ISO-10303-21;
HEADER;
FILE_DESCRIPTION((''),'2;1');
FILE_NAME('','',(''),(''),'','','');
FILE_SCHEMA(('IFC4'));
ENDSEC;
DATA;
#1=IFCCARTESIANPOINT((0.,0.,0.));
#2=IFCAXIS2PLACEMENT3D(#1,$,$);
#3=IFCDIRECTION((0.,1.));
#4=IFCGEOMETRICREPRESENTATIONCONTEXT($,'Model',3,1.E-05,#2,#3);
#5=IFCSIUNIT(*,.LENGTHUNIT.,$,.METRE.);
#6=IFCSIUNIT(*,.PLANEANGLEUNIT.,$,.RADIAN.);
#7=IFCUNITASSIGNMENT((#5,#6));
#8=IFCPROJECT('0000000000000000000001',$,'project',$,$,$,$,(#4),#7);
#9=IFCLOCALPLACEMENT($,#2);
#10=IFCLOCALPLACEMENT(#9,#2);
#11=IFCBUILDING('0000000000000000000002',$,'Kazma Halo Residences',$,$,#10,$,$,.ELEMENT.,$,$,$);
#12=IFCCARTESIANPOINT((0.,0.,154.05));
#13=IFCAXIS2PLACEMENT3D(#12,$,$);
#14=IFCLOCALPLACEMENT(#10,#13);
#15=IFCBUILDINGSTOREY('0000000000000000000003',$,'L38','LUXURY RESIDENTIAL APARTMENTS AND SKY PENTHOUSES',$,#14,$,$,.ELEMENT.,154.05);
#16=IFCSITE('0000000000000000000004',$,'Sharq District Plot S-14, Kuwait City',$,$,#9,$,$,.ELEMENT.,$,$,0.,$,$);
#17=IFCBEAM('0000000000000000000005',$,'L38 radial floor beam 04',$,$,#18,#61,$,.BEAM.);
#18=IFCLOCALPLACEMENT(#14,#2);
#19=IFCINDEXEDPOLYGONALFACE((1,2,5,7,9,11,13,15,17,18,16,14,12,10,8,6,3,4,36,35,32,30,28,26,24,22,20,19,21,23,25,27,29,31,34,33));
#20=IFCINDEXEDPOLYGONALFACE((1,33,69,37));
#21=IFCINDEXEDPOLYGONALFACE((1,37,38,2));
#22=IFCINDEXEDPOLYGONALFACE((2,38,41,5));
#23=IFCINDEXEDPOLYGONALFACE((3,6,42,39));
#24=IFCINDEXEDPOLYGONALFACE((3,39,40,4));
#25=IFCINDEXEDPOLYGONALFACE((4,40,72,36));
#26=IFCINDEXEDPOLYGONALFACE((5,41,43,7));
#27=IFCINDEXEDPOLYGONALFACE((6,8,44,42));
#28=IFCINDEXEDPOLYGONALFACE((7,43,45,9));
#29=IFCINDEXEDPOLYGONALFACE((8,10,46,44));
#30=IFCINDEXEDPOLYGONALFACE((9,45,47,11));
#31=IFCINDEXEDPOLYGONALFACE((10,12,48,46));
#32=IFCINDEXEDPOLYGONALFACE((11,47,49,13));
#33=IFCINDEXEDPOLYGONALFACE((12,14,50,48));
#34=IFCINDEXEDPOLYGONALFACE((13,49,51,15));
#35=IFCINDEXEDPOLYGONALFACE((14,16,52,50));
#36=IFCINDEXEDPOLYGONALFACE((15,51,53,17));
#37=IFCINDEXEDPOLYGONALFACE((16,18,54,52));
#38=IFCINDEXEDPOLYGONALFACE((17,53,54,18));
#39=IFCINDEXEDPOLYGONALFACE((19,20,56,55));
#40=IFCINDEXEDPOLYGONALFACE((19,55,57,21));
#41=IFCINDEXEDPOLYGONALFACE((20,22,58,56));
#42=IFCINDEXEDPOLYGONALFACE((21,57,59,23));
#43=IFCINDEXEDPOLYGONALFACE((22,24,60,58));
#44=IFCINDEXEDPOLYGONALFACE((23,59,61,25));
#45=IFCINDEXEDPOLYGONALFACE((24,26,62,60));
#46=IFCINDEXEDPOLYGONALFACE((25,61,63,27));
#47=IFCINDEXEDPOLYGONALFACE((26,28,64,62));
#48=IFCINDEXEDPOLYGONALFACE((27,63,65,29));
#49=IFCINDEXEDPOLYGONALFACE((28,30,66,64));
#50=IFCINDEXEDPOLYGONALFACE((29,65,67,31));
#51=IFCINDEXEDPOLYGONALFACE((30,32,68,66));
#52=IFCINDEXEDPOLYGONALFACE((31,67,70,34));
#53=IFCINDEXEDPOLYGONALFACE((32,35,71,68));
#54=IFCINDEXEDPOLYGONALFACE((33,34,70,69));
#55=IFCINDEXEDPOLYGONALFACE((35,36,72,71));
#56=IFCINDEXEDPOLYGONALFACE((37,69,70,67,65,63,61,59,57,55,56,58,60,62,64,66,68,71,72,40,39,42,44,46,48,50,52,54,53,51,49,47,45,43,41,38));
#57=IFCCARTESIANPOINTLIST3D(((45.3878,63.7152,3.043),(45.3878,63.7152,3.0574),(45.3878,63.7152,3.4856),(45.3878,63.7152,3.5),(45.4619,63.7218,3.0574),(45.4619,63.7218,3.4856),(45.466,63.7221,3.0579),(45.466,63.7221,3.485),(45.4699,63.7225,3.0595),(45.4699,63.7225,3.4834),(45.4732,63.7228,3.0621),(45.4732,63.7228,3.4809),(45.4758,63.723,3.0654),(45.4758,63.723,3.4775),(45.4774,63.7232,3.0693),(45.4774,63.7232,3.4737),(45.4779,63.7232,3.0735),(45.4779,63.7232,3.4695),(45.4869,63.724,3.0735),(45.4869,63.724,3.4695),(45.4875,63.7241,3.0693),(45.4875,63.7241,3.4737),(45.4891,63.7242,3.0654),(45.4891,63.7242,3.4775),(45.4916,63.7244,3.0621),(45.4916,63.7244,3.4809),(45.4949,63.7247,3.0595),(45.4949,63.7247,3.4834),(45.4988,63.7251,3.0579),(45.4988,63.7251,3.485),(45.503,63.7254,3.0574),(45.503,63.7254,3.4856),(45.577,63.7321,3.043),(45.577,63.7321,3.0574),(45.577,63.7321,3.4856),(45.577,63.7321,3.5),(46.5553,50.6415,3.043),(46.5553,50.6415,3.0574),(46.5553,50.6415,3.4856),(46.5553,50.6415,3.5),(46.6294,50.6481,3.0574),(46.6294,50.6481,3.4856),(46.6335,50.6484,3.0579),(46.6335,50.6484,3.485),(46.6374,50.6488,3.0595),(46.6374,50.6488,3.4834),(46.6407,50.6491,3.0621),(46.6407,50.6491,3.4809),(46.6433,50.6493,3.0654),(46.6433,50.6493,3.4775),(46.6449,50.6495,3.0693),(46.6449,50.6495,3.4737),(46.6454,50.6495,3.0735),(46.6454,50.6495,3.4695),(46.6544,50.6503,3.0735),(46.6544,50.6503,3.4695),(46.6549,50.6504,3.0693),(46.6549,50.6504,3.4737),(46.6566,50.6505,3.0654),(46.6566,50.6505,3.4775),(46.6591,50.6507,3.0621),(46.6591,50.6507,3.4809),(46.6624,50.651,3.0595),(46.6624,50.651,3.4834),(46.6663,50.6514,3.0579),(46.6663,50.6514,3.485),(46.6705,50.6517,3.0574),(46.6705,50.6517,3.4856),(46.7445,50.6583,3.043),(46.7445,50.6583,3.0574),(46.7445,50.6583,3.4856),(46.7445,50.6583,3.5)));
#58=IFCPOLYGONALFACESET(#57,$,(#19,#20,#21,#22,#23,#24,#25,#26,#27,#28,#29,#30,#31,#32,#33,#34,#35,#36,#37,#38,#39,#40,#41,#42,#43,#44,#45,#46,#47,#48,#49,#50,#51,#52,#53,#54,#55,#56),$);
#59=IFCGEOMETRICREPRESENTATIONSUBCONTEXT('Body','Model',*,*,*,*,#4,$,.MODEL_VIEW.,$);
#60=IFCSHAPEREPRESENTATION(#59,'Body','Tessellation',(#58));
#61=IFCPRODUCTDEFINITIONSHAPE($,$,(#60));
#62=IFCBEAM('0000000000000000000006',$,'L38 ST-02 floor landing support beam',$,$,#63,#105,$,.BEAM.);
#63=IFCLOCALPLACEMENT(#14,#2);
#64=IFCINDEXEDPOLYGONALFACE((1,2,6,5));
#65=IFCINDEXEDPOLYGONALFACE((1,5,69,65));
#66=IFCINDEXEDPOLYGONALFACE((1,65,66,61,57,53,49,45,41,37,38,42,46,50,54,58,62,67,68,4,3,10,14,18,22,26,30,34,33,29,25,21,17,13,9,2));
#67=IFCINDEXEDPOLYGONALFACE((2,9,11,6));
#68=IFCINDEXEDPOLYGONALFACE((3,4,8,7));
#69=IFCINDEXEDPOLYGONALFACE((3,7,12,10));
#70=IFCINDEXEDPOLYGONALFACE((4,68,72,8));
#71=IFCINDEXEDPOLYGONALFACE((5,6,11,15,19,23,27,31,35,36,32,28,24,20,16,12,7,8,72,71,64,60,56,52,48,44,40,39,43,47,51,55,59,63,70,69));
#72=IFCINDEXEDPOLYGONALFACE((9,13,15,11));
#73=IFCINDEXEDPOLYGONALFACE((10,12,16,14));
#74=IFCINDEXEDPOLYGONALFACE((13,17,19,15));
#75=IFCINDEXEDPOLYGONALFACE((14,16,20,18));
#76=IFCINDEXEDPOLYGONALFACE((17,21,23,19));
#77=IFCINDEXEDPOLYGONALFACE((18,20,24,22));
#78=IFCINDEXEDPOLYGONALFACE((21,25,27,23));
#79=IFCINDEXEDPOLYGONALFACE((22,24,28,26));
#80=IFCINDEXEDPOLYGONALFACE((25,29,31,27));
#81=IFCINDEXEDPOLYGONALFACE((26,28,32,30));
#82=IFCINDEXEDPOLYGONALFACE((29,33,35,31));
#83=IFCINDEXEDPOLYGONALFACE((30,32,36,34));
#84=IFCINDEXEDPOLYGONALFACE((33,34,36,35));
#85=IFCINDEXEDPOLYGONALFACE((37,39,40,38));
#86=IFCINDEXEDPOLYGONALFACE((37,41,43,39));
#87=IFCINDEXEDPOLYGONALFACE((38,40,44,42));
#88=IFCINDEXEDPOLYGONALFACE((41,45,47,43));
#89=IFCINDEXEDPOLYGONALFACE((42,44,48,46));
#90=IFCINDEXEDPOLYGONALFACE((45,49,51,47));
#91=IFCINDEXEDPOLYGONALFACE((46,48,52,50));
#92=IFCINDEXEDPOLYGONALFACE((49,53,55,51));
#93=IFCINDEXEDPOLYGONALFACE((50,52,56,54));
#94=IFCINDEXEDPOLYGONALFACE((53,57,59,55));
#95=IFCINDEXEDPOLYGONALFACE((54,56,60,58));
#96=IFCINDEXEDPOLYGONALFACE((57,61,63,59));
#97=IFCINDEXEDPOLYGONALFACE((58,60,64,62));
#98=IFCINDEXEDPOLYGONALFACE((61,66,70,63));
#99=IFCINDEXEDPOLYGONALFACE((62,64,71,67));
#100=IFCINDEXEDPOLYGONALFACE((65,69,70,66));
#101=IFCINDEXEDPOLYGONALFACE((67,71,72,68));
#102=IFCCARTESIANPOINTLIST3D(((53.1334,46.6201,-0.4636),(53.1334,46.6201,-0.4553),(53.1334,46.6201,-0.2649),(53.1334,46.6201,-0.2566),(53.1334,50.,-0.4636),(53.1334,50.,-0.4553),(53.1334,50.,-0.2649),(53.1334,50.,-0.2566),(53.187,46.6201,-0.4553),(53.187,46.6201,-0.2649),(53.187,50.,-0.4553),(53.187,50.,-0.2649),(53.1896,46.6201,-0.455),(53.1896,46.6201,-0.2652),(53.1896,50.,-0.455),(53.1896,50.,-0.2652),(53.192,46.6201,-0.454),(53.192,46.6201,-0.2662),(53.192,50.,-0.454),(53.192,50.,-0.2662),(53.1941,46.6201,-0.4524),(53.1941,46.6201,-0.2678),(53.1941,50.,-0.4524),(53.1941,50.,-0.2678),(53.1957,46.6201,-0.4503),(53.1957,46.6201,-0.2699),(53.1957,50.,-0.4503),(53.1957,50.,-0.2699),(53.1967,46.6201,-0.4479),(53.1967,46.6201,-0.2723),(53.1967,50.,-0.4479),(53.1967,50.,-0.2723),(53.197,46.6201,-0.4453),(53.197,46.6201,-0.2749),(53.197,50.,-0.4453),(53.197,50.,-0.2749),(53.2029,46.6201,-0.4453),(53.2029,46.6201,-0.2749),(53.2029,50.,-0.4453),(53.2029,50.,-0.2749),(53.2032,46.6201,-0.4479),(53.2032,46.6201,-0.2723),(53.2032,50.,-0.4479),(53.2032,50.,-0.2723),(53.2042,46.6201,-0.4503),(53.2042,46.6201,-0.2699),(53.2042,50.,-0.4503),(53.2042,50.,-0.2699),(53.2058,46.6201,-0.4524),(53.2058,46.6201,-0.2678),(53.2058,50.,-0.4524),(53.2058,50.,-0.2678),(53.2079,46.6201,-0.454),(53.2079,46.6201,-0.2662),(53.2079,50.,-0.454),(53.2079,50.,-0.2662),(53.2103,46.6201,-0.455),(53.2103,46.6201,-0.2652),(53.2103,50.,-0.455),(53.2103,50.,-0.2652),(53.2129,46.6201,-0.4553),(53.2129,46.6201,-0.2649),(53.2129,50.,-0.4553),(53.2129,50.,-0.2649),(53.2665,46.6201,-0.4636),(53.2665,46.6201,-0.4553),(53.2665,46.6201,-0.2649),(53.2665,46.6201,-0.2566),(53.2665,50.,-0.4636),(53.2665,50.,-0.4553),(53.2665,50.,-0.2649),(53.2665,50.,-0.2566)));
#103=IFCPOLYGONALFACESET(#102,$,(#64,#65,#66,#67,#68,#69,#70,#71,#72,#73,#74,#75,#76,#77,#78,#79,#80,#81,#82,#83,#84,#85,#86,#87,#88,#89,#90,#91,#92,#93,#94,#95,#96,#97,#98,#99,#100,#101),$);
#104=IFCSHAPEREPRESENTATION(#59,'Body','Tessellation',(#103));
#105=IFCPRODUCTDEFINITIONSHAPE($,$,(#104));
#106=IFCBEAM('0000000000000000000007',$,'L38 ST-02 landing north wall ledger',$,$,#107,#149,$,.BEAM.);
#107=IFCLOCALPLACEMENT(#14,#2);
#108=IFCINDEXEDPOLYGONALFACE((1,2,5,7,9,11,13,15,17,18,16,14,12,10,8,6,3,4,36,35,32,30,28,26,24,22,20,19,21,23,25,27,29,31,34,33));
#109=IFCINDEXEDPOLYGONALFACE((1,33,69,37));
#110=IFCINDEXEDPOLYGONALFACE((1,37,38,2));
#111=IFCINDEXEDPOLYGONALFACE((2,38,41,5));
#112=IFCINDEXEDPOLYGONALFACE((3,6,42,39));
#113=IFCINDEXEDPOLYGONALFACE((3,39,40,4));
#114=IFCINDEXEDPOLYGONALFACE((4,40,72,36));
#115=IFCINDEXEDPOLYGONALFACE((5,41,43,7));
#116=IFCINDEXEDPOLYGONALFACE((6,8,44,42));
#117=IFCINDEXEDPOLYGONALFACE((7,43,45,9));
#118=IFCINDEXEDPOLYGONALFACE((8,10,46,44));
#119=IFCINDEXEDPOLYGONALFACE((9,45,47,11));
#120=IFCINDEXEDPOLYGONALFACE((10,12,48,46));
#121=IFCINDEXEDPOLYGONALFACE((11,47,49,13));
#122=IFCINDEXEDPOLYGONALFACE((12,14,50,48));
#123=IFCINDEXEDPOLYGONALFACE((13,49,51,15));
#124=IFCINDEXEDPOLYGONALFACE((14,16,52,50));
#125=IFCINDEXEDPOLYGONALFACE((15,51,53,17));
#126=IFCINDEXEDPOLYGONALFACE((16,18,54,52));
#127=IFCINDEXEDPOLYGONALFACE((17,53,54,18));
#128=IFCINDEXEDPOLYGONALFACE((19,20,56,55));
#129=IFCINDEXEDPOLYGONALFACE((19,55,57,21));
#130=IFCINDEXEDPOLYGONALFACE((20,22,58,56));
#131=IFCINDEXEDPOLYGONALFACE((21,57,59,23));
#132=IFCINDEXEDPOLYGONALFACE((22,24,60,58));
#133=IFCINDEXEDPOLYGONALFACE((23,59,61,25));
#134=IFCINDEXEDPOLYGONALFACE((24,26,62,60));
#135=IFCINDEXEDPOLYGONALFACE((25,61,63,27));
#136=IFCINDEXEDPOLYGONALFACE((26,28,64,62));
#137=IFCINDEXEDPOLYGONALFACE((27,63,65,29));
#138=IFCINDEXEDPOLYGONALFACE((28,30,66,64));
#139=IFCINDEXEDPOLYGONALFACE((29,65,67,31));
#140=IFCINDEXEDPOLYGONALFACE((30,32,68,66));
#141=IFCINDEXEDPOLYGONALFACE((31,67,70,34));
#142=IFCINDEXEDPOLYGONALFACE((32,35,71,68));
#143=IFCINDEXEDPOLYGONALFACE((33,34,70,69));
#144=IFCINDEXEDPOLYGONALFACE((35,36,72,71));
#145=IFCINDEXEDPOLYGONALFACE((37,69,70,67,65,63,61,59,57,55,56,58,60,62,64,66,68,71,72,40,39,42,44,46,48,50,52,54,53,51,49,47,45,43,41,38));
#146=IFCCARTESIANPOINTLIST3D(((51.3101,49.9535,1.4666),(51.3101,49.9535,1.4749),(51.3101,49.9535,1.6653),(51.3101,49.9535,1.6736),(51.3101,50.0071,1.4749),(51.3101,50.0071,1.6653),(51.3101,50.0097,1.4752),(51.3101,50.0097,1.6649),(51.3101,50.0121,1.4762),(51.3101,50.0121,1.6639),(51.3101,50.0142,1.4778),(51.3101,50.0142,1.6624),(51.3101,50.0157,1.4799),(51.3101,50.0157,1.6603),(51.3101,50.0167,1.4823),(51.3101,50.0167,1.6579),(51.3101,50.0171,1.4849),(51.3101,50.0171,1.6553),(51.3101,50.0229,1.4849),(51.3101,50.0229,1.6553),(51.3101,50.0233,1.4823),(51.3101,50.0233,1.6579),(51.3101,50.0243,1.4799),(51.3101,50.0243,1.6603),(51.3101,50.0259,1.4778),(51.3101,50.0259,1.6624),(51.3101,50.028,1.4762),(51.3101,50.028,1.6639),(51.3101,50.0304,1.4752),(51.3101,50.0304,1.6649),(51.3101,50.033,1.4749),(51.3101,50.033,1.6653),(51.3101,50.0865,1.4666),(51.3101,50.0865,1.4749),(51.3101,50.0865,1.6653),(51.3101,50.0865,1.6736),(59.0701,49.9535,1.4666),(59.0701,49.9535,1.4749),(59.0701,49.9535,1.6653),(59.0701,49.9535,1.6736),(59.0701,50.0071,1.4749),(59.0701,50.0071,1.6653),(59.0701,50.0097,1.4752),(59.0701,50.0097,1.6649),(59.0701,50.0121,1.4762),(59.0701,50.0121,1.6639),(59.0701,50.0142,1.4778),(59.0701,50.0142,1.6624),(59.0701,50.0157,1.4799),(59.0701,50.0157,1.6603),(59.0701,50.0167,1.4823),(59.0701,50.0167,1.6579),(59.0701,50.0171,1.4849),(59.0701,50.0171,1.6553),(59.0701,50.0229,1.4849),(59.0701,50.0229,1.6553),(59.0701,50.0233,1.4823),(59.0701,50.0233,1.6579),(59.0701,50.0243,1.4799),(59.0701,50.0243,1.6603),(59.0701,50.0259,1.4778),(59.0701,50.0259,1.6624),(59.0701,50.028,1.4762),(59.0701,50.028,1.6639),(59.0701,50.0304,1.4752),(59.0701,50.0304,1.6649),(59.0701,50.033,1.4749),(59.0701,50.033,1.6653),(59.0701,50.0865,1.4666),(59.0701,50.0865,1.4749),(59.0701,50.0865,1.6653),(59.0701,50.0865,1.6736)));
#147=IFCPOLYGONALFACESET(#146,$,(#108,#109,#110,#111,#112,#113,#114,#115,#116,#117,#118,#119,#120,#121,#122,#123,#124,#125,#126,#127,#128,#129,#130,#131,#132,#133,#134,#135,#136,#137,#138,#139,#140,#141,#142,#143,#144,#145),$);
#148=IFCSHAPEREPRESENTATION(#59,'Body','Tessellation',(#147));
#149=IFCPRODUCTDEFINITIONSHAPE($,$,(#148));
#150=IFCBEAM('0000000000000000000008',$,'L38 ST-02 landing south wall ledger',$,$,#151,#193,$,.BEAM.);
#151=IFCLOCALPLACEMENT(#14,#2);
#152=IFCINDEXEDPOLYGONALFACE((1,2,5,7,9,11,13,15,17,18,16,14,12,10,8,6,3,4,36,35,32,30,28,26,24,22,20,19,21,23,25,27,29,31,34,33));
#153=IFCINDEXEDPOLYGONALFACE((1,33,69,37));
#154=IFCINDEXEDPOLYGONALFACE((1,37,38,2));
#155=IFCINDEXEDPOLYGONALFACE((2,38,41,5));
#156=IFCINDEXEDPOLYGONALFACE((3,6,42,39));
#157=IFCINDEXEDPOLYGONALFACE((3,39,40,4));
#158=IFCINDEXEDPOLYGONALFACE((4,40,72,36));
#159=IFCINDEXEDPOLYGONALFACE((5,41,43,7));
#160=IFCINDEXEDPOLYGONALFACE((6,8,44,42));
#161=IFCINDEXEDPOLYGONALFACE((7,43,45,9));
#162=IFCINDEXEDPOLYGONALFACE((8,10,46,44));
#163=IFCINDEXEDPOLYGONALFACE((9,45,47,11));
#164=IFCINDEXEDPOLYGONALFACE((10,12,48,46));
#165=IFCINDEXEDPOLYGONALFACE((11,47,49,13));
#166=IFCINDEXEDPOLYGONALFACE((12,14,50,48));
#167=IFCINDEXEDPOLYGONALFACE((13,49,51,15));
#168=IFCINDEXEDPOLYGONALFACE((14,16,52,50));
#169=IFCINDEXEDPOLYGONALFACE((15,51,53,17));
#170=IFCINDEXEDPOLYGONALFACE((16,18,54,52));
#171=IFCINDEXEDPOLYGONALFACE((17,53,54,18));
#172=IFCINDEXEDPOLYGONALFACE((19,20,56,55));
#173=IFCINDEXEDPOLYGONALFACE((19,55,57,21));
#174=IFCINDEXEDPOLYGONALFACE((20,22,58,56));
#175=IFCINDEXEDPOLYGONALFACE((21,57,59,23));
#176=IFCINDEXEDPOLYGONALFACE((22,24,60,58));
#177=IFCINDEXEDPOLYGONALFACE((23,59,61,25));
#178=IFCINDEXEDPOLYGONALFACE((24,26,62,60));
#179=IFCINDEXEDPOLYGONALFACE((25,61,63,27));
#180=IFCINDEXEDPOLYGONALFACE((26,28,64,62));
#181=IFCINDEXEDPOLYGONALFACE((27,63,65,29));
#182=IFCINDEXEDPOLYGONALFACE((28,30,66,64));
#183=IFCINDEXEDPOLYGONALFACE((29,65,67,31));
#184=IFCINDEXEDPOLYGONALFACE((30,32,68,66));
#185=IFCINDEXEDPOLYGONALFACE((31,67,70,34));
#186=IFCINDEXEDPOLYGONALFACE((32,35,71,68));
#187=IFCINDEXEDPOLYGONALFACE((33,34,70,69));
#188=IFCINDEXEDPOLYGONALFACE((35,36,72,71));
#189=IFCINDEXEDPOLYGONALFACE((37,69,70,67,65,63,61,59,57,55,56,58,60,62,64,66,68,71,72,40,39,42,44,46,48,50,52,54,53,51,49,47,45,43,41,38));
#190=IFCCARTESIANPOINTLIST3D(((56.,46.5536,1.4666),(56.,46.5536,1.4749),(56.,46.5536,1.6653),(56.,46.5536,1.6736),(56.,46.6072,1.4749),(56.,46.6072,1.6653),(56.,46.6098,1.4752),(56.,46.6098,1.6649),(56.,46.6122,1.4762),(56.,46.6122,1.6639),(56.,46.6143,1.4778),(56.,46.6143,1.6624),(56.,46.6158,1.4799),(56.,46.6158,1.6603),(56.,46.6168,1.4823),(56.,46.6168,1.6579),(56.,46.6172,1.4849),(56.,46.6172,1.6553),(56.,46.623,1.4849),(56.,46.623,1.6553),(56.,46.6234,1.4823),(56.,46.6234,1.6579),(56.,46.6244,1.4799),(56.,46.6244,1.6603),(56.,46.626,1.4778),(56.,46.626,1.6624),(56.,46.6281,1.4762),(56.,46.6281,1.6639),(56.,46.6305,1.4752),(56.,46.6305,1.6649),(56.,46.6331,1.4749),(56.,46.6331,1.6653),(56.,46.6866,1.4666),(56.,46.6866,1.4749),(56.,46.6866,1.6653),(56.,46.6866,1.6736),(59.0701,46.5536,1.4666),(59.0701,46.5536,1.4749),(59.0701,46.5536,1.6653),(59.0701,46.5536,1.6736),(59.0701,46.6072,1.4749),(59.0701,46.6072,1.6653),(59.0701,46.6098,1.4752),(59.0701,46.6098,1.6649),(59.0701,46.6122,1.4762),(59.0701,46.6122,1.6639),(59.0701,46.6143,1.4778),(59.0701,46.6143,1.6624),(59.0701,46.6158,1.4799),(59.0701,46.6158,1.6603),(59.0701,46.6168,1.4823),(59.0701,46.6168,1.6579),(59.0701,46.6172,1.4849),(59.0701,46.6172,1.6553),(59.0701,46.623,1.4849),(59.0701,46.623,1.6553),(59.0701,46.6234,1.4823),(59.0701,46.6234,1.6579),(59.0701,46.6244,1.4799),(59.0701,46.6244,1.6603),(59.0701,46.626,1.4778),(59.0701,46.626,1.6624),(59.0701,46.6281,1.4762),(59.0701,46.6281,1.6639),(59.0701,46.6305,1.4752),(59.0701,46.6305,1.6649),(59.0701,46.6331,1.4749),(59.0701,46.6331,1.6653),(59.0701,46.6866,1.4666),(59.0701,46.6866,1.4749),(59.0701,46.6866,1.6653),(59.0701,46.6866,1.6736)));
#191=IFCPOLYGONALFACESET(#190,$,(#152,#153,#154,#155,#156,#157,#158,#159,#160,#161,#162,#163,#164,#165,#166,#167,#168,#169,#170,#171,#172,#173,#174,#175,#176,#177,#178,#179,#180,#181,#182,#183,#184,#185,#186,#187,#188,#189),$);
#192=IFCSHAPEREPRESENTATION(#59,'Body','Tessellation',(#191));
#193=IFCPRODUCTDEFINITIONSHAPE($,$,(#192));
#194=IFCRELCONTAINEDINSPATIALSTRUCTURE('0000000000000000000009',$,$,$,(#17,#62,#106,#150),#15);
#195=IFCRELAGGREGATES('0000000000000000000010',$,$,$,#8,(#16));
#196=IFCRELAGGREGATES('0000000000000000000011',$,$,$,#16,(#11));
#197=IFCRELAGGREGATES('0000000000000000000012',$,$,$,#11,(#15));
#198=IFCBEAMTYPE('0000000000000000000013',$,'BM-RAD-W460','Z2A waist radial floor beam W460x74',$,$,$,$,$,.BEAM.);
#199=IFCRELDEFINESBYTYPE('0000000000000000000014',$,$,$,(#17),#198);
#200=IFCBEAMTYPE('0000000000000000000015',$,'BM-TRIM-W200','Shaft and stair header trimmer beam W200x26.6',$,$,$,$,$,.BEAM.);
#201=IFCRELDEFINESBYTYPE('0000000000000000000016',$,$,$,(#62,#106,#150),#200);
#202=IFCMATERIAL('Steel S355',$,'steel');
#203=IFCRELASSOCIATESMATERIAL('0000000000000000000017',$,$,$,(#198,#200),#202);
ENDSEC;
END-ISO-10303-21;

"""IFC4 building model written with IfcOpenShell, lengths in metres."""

from ifc_helpers import new_model, si_unit, direction, frame, origin, origin_2d, place, context, subcontext, project, spatial, i_section, extrude, material, material_profile, profile_set, type_object, element, save


model = new_model("IFC4")

# Units and contexts
model_context = context("Model", 3, precision=1e-05, world=origin(), true_north=direction((0.0, 1.0)))
body_context = subcontext(model_context, "Body", "Model", "MODEL_VIEW")
ifc_project = project(units=[si_unit("LENGTHUNIT", "METRE"), si_unit("PLANEANGLEUNIT", "RADIAN")], contexts=[model_context])

# Site, building, storey
site_placement = place(None, origin())
site = spatial("IfcSite", under=ifc_project, at=site_placement, Name="Sharq District Plot S-14, Kuwait City", CompositionType="ELEMENT", RefElevation=0.0)
building_placement = place(site_placement, origin())
building = spatial("IfcBuilding", under=site, at=building_placement, Name="Kazma Halo Residences", CompositionType="ELEMENT")
storey_placement = place(building_placement, frame((0.0, 0.0, 154.05)))
storey = spatial("IfcBuildingStorey", under=building, at=storey_placement, Name="L38", Description="LUXURY RESIDENTIAL APARTMENTS AND SKY PENTHOUSES", CompositionType="ELEMENT", Elevation=154.05)

# Shared definitions
ifc_material_1 = material(Name="Steel S355", Category="steel")

# Beams
ifc_material_profile_1 = material_profile(ifc_material_1, i_section(OverallWidth=0.1899, OverallDepth=0.457, WebThickness=0.009, FlangeThickness=0.0144, FilletRadius=0.0161, at=origin_2d()), Name="W460x74")
ifc_profile_set_1 = profile_set([ifc_material_profile_1], Name="Steel S355")
beam_type_1 = type_object("IfcBeamType", Name="BM-RAD-W460", Description="Z2A waist radial floor beam W460x74", PredefinedType="BEAM", material=ifc_profile_set_1)
beam_1_placement = place(storey_placement, frame((46.6499, 50.6499, 3.2715), z_axis=(-0.088946, 0.996036, 0.0), x_axis=(-0.996036, -0.088946, 0.0)))
element("IfcBeam", 1, at=beam_1_placement, inside=storey, type_object=beam_type_1, Name="L38 radial floor beam 04", PredefinedType="BEAM", context=body_context, shape_type="SweptSolid", body=[
    extrude(i_section(OverallWidth=0.1899, OverallDepth=0.457, WebThickness=0.009, FlangeThickness=0.0144, FilletRadius=0.0161, at=origin_2d()), origin(), (0.0, 0.0, 1.0), 13.1257),
])
ifc_material_profile_2 = material_profile(ifc_material_1, i_section(OverallWidth=0.1331, OverallDepth=0.207, WebThickness=0.0059, FlangeThickness=0.0083, FilletRadius=0.01, at=origin_2d()), Name="W200x26.6")
ifc_profile_set_2 = profile_set([ifc_material_profile_2], Name="Steel S355")
beam_type_2 = type_object("IfcBeamType", Name="BM-TRIM-W200", Description="Shaft and stair header trimmer beam W200x26.6", PredefinedType="BEAM", material=ifc_profile_set_2)
beam_2_placement = place(storey_placement, frame((53.2, 46.6201, -0.3601), z_axis=(0.0, 1.0, 0.0), x_axis=(-1.0, 0.0, 0.0)))
element("IfcBeam", 2, at=beam_2_placement, inside=storey, type_object=beam_type_2, Name="L38 ST-02 floor landing support beam", PredefinedType="BEAM", context=body_context, shape_type="SweptSolid", body=[
    extrude(i_section(OverallWidth=0.1331, OverallDepth=0.207, WebThickness=0.0059, FlangeThickness=0.0083, FilletRadius=0.01, at=origin_2d()), origin(), (0.0, 0.0, 1.0), 3.3799),
])
beam_3_placement = place(storey_placement, frame((51.3101, 50.02, 1.5701), z_axis=(1.0, 0.0, 0.0), x_axis=(0.0, 1.0, 0.0)))
element("IfcBeam", 3, at=beam_3_placement, inside=storey, type_object=beam_type_2, Name="L38 ST-02 landing north wall ledger", PredefinedType="BEAM", context=body_context, shape_type="SweptSolid", body=[
    extrude(i_section(OverallWidth=0.1331, OverallDepth=0.207, WebThickness=0.0059, FlangeThickness=0.0083, FilletRadius=0.01, at=origin_2d()), origin(), (0.0, 0.0, 1.0), 7.76),
])
beam_4_placement = place(storey_placement, frame((56.0, 46.6201, 1.5701), z_axis=(1.0, 0.0, 0.0), x_axis=(0.0, 1.0, 0.0)))
element("IfcBeam", 4, at=beam_4_placement, inside=storey, type_object=beam_type_2, Name="L38 ST-02 landing south wall ledger", PredefinedType="BEAM", context=body_context, shape_type="SweptSolid", body=[
    extrude(i_section(OverallWidth=0.1331, OverallDepth=0.207, WebThickness=0.0059, FlangeThickness=0.0083, FilletRadius=0.01, at=origin_2d()), origin(), (0.0, 0.0, 1.0), 3.0701),
])

save(model, "model.ifc")
